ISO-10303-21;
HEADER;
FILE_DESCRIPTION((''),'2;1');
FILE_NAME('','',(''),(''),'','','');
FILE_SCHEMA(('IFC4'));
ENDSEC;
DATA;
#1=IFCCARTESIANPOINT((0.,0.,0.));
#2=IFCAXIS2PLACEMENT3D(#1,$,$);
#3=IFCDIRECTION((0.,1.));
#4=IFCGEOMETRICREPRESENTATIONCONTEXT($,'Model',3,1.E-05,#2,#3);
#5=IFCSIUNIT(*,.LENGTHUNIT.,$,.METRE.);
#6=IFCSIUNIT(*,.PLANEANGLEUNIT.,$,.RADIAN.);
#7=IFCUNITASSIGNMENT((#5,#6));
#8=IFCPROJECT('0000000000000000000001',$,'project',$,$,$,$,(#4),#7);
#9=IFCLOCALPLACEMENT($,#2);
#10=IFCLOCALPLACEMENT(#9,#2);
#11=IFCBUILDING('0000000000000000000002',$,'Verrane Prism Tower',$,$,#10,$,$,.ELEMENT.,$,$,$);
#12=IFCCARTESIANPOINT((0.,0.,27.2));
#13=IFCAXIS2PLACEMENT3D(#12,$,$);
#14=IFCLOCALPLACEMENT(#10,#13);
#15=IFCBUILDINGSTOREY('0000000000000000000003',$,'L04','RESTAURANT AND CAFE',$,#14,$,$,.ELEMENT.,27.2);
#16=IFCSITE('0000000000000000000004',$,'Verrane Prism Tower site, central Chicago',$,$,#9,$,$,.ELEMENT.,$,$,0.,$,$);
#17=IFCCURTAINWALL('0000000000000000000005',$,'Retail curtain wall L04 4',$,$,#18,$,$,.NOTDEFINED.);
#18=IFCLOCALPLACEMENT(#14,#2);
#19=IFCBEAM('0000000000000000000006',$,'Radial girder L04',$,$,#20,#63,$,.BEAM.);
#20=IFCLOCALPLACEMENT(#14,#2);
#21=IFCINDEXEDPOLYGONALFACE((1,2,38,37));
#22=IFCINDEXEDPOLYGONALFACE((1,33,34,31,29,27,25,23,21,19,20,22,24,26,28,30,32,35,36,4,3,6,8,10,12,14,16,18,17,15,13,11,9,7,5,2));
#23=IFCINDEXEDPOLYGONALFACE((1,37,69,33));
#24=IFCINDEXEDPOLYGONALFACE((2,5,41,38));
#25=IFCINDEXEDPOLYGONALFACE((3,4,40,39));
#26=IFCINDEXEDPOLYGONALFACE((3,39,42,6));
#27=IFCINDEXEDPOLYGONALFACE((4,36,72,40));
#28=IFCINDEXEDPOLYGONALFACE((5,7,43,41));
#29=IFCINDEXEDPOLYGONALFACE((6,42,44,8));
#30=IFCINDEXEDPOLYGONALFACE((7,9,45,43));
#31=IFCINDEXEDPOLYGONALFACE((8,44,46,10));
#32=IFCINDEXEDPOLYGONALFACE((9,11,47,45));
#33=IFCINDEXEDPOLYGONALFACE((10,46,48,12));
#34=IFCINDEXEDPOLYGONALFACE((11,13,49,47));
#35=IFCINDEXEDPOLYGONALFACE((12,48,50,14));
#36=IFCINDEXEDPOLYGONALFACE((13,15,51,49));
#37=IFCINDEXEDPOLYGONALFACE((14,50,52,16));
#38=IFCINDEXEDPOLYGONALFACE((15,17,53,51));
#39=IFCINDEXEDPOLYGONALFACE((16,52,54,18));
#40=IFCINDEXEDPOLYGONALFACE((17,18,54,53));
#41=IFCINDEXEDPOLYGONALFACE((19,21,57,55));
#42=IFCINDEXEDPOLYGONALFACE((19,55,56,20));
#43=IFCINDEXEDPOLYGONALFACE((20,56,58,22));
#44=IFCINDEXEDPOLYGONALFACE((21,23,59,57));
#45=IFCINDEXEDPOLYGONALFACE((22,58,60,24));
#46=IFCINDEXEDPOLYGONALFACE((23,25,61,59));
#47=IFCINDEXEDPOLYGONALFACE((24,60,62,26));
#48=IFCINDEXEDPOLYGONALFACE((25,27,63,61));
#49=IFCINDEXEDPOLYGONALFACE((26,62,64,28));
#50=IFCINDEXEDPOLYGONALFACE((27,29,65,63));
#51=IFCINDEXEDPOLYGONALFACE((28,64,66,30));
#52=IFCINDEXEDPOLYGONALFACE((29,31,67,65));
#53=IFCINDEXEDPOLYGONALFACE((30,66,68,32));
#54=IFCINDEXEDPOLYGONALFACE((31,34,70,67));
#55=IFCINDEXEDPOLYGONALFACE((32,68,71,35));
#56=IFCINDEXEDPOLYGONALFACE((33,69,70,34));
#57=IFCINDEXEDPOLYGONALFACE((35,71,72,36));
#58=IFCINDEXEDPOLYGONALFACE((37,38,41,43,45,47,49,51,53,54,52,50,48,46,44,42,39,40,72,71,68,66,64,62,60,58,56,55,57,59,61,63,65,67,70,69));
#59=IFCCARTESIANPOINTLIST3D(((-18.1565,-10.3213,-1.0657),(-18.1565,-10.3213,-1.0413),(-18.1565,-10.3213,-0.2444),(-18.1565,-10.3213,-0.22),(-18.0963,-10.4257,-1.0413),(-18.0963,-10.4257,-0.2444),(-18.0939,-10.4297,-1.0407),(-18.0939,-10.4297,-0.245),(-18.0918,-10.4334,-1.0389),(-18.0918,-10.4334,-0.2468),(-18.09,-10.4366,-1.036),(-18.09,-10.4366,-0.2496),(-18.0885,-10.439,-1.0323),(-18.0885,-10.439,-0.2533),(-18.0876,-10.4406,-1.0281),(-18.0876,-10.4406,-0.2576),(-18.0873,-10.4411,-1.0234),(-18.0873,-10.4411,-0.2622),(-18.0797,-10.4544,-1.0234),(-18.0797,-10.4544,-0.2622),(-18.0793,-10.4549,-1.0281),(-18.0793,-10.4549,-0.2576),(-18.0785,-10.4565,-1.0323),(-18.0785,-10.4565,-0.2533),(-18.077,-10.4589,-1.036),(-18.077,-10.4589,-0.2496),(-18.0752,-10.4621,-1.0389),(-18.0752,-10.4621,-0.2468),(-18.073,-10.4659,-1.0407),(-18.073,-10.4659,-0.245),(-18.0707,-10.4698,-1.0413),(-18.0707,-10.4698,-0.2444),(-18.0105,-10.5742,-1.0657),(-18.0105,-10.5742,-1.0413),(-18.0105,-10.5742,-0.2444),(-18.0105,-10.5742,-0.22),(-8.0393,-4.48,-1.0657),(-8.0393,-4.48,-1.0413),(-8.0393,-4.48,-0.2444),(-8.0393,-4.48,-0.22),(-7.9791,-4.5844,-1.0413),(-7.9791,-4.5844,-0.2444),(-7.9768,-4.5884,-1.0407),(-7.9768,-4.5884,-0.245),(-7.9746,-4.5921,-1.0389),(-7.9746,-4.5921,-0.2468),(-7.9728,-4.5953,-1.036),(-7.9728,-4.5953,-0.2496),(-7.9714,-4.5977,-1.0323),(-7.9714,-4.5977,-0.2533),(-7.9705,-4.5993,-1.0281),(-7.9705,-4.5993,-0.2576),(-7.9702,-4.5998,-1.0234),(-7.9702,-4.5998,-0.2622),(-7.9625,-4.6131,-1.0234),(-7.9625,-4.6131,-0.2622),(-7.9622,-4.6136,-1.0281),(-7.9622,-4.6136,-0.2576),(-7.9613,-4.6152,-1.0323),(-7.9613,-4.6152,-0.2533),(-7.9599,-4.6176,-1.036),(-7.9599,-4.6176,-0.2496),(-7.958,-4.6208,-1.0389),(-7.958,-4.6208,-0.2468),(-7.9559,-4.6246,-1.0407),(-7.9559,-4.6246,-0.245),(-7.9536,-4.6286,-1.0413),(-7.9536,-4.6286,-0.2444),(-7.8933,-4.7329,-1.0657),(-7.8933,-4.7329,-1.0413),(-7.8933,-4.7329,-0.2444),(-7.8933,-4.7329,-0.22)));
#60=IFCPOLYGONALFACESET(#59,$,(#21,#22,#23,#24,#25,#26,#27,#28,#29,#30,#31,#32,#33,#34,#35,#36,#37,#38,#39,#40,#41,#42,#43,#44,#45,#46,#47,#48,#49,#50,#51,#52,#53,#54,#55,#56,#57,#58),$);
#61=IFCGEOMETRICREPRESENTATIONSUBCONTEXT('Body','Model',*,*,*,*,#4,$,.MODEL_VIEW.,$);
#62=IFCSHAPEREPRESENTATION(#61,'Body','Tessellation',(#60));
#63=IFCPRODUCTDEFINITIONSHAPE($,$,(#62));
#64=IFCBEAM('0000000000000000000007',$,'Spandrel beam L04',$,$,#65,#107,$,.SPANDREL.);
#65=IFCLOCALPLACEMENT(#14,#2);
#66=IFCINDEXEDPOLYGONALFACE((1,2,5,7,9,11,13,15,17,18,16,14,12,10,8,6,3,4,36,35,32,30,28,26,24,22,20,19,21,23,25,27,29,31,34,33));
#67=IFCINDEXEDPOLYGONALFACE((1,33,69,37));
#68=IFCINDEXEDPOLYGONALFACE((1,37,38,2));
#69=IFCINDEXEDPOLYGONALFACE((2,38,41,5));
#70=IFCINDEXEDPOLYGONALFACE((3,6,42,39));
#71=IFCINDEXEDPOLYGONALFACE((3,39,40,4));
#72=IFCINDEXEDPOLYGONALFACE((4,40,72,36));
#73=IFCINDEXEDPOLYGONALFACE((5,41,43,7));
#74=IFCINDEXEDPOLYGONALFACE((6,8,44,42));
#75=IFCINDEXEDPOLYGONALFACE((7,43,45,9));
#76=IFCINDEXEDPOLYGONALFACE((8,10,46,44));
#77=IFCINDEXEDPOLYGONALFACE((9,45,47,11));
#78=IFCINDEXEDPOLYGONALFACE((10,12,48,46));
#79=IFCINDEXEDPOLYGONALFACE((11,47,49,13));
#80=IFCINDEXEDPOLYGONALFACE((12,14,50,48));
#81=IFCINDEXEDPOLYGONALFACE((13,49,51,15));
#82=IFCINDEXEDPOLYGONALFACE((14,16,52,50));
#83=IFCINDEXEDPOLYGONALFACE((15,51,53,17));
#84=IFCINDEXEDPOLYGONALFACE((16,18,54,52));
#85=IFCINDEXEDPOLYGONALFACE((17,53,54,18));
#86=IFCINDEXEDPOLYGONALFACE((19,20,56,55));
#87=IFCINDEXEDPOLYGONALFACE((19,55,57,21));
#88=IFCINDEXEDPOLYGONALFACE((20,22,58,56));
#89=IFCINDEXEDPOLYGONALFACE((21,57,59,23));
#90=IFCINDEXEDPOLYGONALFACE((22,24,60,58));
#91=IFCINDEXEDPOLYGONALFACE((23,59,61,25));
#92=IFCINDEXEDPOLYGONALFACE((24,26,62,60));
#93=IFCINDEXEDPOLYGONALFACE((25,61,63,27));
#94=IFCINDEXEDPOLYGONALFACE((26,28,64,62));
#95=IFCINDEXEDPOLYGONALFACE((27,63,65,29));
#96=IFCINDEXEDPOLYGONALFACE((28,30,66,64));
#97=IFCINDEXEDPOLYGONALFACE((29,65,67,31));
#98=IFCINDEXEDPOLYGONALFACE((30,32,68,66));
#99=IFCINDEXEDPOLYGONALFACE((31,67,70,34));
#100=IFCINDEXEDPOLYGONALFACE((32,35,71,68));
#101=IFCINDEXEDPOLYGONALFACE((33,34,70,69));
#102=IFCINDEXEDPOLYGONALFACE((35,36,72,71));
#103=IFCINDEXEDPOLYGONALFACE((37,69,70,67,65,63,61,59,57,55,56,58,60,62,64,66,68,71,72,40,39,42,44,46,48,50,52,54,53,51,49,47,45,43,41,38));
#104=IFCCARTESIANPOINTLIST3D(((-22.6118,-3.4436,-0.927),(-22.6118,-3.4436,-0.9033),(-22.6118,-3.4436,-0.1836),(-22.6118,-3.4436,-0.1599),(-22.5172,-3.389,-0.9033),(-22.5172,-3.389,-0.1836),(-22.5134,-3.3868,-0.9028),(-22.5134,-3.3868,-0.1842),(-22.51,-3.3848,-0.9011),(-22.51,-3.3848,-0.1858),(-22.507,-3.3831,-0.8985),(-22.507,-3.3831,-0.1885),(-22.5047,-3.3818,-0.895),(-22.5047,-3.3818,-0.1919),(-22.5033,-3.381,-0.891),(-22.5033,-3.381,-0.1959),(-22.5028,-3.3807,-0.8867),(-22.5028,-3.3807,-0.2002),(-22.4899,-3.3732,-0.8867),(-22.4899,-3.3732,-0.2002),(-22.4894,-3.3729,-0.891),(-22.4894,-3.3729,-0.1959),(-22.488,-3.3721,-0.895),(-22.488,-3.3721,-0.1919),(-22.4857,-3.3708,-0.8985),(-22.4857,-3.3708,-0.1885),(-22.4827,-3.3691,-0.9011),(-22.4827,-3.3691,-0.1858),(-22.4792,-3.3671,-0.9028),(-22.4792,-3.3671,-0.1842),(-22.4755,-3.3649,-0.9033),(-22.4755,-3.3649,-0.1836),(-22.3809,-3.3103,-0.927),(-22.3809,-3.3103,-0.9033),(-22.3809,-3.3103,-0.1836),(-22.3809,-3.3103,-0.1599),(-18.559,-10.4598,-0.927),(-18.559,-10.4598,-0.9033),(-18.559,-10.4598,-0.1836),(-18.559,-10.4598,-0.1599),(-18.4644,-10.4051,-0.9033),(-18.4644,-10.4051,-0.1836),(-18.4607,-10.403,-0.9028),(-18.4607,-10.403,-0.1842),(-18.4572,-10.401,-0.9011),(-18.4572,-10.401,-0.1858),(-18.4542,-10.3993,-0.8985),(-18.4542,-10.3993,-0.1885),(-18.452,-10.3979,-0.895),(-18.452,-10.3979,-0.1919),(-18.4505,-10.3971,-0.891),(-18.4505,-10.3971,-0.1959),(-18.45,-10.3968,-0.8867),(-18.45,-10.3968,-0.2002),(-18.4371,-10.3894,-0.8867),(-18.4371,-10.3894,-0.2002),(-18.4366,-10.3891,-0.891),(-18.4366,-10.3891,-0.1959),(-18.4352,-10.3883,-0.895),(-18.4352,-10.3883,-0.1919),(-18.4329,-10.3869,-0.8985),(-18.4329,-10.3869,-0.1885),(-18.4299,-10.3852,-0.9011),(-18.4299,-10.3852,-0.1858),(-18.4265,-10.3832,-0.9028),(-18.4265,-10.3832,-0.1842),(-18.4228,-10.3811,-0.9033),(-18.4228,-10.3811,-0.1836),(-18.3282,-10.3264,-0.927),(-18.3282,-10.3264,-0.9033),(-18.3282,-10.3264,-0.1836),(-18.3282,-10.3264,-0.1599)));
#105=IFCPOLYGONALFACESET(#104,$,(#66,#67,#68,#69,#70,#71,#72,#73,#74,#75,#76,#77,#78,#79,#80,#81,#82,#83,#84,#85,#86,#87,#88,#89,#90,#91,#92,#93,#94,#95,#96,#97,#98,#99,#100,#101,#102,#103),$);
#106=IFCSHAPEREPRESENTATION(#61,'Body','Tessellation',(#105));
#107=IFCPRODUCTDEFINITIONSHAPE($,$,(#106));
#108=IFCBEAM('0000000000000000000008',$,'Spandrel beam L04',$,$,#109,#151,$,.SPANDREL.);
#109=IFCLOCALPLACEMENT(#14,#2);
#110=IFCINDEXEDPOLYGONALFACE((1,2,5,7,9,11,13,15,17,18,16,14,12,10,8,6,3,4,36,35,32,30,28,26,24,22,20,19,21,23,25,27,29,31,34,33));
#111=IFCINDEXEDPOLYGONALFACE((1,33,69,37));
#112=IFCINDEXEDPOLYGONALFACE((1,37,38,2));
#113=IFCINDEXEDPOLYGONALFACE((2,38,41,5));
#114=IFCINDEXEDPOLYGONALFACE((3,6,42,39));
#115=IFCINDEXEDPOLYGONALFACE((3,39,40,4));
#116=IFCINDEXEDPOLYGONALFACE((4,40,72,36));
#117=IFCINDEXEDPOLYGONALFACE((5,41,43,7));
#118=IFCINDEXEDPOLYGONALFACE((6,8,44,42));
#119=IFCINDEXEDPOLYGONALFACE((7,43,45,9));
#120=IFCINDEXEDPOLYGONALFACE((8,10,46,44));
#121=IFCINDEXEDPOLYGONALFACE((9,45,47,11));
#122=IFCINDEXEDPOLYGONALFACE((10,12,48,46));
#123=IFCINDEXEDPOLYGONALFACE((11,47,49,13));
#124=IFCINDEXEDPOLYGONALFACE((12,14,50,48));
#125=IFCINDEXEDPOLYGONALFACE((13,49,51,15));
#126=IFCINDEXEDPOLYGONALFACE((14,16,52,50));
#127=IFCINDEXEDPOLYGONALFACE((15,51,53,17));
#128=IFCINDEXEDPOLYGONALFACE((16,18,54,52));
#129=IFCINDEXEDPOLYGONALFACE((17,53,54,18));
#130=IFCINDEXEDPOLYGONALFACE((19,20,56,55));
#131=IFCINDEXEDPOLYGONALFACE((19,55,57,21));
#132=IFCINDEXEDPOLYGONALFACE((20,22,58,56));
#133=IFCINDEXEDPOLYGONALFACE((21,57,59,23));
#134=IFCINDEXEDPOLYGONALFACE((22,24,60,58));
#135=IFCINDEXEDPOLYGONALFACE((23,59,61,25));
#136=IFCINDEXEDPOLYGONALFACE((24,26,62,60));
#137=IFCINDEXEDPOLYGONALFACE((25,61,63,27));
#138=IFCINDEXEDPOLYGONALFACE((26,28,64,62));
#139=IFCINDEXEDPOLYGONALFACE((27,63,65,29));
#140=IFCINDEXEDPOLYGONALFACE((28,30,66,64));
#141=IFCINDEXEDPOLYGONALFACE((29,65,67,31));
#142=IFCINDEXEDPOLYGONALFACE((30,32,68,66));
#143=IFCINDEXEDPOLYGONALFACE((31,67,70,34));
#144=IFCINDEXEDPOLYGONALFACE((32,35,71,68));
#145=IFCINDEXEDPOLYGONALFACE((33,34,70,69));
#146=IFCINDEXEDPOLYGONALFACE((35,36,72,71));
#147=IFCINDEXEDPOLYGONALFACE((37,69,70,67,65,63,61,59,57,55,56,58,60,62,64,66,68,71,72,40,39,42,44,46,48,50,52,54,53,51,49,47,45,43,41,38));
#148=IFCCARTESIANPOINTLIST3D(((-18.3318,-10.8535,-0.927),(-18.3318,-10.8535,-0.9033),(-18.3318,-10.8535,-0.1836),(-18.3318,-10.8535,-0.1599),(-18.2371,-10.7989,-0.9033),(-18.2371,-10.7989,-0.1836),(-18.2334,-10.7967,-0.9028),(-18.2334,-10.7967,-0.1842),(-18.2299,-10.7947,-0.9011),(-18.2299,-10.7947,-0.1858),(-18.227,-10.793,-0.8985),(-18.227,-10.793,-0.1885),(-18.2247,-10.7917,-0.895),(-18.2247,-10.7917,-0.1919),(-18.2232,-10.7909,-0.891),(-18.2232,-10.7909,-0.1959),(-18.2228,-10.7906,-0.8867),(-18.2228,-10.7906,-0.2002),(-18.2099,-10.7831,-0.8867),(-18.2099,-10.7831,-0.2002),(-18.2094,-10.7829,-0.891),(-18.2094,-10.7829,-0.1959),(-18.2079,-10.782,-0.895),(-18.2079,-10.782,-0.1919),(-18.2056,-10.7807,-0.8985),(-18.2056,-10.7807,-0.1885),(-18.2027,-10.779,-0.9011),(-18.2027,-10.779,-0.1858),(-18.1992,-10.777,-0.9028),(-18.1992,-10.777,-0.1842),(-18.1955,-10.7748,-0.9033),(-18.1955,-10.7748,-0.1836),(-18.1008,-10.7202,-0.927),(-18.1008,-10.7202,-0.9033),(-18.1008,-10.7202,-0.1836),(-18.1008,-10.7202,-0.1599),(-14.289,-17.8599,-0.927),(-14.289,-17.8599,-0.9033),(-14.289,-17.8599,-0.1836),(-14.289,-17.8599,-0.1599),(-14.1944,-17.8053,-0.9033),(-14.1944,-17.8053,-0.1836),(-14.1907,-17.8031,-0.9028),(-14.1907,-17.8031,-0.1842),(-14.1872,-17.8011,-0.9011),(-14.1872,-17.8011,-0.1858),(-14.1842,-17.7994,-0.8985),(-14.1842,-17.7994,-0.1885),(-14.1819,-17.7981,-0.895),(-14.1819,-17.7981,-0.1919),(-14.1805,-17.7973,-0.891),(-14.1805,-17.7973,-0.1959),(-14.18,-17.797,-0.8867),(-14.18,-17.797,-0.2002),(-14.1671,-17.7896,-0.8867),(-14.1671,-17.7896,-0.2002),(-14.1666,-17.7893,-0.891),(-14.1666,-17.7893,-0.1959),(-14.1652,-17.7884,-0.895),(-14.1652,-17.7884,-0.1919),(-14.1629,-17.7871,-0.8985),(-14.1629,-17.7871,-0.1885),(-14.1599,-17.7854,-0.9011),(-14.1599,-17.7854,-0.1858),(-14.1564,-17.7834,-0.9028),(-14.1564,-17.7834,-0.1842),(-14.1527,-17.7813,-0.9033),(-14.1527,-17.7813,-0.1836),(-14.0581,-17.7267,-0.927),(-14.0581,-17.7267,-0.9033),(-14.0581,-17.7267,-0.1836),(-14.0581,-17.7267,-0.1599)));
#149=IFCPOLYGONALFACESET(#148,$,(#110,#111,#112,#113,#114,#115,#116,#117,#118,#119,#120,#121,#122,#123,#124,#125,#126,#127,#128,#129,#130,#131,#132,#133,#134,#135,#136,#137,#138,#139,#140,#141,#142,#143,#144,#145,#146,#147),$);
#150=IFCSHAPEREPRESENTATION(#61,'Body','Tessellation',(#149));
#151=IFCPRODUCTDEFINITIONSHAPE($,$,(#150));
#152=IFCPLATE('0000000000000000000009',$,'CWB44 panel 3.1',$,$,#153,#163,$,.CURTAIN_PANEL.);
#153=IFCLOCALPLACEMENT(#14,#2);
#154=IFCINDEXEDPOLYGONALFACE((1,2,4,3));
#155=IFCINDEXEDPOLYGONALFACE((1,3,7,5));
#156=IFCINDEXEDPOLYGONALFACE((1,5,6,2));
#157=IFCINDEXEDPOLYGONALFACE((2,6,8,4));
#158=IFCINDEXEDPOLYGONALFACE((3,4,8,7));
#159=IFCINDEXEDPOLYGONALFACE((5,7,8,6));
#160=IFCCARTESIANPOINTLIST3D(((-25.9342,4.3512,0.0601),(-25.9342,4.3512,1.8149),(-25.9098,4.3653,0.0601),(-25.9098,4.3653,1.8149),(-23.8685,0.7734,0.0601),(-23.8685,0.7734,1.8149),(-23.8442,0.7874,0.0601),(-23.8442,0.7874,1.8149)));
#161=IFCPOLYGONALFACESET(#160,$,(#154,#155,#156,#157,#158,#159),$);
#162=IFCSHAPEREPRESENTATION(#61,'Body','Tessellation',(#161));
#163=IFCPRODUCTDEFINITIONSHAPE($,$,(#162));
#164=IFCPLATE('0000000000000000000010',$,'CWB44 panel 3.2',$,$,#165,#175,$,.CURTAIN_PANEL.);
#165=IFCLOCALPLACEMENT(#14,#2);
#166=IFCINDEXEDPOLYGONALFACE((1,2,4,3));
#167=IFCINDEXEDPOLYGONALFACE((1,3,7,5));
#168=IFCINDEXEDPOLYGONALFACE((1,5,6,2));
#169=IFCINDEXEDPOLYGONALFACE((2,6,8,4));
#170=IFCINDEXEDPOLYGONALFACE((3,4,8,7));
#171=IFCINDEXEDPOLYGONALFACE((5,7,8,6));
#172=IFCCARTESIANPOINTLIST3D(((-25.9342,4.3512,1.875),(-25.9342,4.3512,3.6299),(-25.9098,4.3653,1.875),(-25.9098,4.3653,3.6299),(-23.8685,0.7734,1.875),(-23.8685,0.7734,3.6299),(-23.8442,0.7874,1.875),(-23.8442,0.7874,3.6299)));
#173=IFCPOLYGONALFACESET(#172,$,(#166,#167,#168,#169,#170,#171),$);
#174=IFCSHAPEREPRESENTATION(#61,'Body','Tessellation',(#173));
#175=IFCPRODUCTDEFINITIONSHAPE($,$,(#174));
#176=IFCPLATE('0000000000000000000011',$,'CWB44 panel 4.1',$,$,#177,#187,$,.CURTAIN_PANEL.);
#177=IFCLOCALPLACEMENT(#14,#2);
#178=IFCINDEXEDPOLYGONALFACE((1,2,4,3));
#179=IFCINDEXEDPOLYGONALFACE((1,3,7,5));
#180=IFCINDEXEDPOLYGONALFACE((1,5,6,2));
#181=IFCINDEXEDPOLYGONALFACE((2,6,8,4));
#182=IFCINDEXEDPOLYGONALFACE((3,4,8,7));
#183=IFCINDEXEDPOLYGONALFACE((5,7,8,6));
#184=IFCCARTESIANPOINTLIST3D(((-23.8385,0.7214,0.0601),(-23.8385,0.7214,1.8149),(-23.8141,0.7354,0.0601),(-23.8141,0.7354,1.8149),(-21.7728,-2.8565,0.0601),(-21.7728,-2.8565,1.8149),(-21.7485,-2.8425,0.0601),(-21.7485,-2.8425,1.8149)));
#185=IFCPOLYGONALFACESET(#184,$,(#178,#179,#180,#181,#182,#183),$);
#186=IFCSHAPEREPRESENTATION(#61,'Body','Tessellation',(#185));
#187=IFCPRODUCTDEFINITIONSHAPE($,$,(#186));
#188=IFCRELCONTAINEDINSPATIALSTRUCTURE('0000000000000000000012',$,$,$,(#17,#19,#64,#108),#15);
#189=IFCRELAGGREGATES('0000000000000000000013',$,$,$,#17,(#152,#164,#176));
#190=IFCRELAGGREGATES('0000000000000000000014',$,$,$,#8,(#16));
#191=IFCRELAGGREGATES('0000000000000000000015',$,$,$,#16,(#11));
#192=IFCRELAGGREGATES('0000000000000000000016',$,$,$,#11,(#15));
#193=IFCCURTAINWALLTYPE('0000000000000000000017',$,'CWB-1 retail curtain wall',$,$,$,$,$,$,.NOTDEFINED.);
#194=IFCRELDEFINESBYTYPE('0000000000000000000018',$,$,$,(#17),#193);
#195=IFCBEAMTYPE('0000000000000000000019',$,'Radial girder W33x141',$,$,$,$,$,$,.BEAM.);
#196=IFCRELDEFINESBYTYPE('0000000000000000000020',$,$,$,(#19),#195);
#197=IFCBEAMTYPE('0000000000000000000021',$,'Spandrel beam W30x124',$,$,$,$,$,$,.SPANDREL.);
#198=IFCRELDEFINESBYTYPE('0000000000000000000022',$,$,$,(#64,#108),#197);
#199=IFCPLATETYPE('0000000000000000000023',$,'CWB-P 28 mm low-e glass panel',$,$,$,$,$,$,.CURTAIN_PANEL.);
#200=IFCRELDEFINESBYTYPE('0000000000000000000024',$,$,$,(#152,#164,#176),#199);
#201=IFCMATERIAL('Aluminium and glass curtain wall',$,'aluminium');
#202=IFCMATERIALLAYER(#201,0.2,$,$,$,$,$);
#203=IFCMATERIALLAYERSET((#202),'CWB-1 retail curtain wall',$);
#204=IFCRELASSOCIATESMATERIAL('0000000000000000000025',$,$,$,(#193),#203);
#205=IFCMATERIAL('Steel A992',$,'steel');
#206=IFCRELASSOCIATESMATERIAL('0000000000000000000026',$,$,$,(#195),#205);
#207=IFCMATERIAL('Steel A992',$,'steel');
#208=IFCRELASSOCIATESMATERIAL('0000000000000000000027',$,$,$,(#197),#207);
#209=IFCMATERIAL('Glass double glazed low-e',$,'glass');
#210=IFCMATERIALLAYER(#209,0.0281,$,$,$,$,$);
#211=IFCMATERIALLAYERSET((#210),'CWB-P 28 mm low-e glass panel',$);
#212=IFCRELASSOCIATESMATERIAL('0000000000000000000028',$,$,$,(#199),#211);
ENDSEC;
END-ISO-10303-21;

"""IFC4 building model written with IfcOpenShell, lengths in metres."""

from ifc_helpers import new_model, si_unit, direction, frame, origin, origin_2d, place, context, subcontext, project, spatial, rectangle, i_section, extrude, material, layer, layer_set, material_profile, profile_set, type_object, element, aggregate, save


model = new_model("IFC4")

# Units and contexts
model_context = context("Model", 3, precision=1e-05, world=origin(), true_north=direction((0.0, 1.0)))
body_context = subcontext(model_context, "Body", "Model", "MODEL_VIEW")
ifc_project = project(units=[si_unit("LENGTHUNIT", "METRE"), si_unit("PLANEANGLEUNIT", "RADIAN")], contexts=[model_context])

# Site, building, storey
site_placement = place(None, origin())
site = spatial("IfcSite", under=ifc_project, at=site_placement, Name="Verrane Prism Tower site, central Chicago", CompositionType="ELEMENT", RefElevation=0.0)
building_placement = place(site_placement, origin())
building = spatial("IfcBuilding", under=site, at=building_placement, Name="Verrane Prism Tower", CompositionType="ELEMENT")
storey_placement = place(building_placement, frame((0.0, 0.0, 27.2)))
storey = spatial("IfcBuildingStorey", under=building, at=storey_placement, Name="L04", Description="RESTAURANT AND CAFE", CompositionType="ELEMENT", Elevation=27.2)

# Curtain wall
ifc_material_1 = material(Name="Aluminium and glass curtain wall", Category="aluminium")
ifc_layer_1 = layer(ifc_material_1, 0.2)
ifc_layer_set_1 = layer_set([ifc_layer_1], Name="CWB-1 retail curtain wall")
curtain_wall_type = type_object("IfcCurtainWallType", Name="CWB-1 retail curtain wall", PredefinedType="NOTDEFINED", material=ifc_layer_set_1)
curtain_wall_placement = place(storey_placement, origin())
curtain_wall = element("IfcCurtainWall", 1, at=curtain_wall_placement, inside=storey, type_object=curtain_wall_type, Name="Retail curtain wall L04 4", PredefinedType="NOTDEFINED")

# Beams
ifc_material_2 = material(Name="Steel A992", Category="steel")
ifc_material_profile_1 = material_profile(ifc_material_2, i_section(OverallWidth=0.292, OverallDepth=0.8457, WebThickness=0.0154, FlangeThickness=0.0244, FilletRadius=0.0178, at=origin_2d()), Name="W33x141")
ifc_profile_set_1 = profile_set([ifc_material_profile_1], Name="Steel A992")
beam_type_1 = type_object("IfcBeamType", Name="Radial girder W33x141", PredefinedType="BEAM", material=ifc_profile_set_1)
beam_1_placement = place(storey_placement, frame((-18.0835, -10.4478, -0.6428), z_axis=(0.86602, 0.500009, 0.0), x_axis=(-0.500009, 0.86602, 0.0)))
element("IfcBeam", 2, at=beam_1_placement, inside=storey, type_object=beam_type_1, Name="Radial girder L04", PredefinedType="BEAM", context=body_context, shape_type="SweptSolid", body=[
    extrude(i_section(OverallWidth=0.292, OverallDepth=0.8457, WebThickness=0.0154, FlangeThickness=0.0244, FilletRadius=0.0178, at=origin_2d()), origin(), (0.0, 0.0, 1.0), 11.6824),
])
ifc_material_3 = material(Name="Steel A992", Category="steel")
ifc_material_profile_2 = material_profile(ifc_material_3, i_section(OverallWidth=0.2666, OverallDepth=0.7671, WebThickness=0.0149, FlangeThickness=0.0237, FilletRadius=0.0166, at=origin_2d()), Name="W30x124")
ifc_profile_set_2 = profile_set([ifc_material_profile_2], Name="Steel A992")
beam_type_2 = type_object("IfcBeamType", Name="Spandrel beam W30x124", PredefinedType="SPANDREL", material=ifc_profile_set_2)
beam_2_placement = place(storey_placement, frame((-22.4963, -3.377, -0.5435), z_axis=(0.500183, -0.86592, 0.0), x_axis=(0.86592, 0.500183, 0.0)))
element("IfcBeam", 3, at=beam_2_placement, inside=storey, type_object=beam_type_2, Name="Spandrel beam L04", PredefinedType="SPANDREL", context=body_context, shape_type="SweptSolid", body=[
    extrude(i_section(OverallWidth=0.2666, OverallDepth=0.7671, WebThickness=0.0149, FlangeThickness=0.0237, FilletRadius=0.0166, at=origin_2d()), origin(), (0.0, 0.0, 1.0), 8.1025),
])
beam_3_placement = place(storey_placement, frame((-18.2163, -10.7869, -0.5435), z_axis=(0.499778, -0.866153, 0.0), x_axis=(0.866153, 0.499778, 0.0)))
element("IfcBeam", 4, at=beam_3_placement, inside=storey, type_object=beam_type_2, Name="Spandrel beam L04", PredefinedType="SPANDREL", context=body_context, shape_type="SweptSolid", body=[
    extrude(i_section(OverallWidth=0.2666, OverallDepth=0.7671, WebThickness=0.0149, FlangeThickness=0.0237, FilletRadius=0.0166, at=origin_2d()), origin(), (0.0, 0.0, 1.0), 8.0891),
])

# Plates
ifc_material_4 = material(Name="Glass double glazed low-e", Category="glass")
ifc_layer_2 = layer(ifc_material_4, 0.0281)
ifc_layer_set_2 = layer_set([ifc_layer_2], Name="CWB-P 28 mm low-e glass panel")
plate_type = type_object("IfcPlateType", Name="CWB-P 28 mm low-e glass panel", PredefinedType="CURTAIN_PANEL", material=ifc_layer_set_2)
plate_1_placement = place(storey_placement, frame((-24.8892, 2.5693, 0.0601), z_axis=(0.0, 0.0, 1.0), x_axis=(0.5, -0.866025, 0.0)))
plate_1 = element("IfcPlate", 5, at=plate_1_placement, type_object=plate_type, Name="CWB44 panel 3.1", PredefinedType="CURTAIN_PANEL", context=body_context, shape_type="SweptSolid", body=[
    extrude(rectangle(XDim=4.1313, YDim=0.0281, at=origin_2d()), origin(), (0.0, 0.0, 1.0), 1.7549),
])
plate_2_placement = place(storey_placement, frame((-24.8892, 2.5693, 1.875), z_axis=(0.0, 0.0, 1.0), x_axis=(0.5, -0.866025, 0.0)))
plate_2 = element("IfcPlate", 6, at=plate_2_placement, type_object=plate_type, Name="CWB44 panel 3.2", PredefinedType="CURTAIN_PANEL", context=body_context, shape_type="SweptSolid", body=[
    extrude(rectangle(XDim=4.1313, YDim=0.0281, at=origin_2d()), origin(), (0.0, 0.0, 1.0), 1.7549),
])
plate_3_placement = place(storey_placement, frame((-22.7935, -1.0605, 0.0601), z_axis=(0.0, 0.0, 1.0), x_axis=(0.5, -0.866025, 0.0)))
plate_3 = element("IfcPlate", 7, at=plate_3_placement, type_object=plate_type, Name="CWB44 panel 4.1", PredefinedType="CURTAIN_PANEL", context=body_context, shape_type="SweptSolid", body=[
    extrude(rectangle(XDim=4.1313, YDim=0.0281, at=origin_2d()), origin(), (0.0, 0.0, 1.0), 1.7549),
])
aggregate(curtain_wall, [plate_1, plate_2, plate_3])

save(model, "model.ifc")
